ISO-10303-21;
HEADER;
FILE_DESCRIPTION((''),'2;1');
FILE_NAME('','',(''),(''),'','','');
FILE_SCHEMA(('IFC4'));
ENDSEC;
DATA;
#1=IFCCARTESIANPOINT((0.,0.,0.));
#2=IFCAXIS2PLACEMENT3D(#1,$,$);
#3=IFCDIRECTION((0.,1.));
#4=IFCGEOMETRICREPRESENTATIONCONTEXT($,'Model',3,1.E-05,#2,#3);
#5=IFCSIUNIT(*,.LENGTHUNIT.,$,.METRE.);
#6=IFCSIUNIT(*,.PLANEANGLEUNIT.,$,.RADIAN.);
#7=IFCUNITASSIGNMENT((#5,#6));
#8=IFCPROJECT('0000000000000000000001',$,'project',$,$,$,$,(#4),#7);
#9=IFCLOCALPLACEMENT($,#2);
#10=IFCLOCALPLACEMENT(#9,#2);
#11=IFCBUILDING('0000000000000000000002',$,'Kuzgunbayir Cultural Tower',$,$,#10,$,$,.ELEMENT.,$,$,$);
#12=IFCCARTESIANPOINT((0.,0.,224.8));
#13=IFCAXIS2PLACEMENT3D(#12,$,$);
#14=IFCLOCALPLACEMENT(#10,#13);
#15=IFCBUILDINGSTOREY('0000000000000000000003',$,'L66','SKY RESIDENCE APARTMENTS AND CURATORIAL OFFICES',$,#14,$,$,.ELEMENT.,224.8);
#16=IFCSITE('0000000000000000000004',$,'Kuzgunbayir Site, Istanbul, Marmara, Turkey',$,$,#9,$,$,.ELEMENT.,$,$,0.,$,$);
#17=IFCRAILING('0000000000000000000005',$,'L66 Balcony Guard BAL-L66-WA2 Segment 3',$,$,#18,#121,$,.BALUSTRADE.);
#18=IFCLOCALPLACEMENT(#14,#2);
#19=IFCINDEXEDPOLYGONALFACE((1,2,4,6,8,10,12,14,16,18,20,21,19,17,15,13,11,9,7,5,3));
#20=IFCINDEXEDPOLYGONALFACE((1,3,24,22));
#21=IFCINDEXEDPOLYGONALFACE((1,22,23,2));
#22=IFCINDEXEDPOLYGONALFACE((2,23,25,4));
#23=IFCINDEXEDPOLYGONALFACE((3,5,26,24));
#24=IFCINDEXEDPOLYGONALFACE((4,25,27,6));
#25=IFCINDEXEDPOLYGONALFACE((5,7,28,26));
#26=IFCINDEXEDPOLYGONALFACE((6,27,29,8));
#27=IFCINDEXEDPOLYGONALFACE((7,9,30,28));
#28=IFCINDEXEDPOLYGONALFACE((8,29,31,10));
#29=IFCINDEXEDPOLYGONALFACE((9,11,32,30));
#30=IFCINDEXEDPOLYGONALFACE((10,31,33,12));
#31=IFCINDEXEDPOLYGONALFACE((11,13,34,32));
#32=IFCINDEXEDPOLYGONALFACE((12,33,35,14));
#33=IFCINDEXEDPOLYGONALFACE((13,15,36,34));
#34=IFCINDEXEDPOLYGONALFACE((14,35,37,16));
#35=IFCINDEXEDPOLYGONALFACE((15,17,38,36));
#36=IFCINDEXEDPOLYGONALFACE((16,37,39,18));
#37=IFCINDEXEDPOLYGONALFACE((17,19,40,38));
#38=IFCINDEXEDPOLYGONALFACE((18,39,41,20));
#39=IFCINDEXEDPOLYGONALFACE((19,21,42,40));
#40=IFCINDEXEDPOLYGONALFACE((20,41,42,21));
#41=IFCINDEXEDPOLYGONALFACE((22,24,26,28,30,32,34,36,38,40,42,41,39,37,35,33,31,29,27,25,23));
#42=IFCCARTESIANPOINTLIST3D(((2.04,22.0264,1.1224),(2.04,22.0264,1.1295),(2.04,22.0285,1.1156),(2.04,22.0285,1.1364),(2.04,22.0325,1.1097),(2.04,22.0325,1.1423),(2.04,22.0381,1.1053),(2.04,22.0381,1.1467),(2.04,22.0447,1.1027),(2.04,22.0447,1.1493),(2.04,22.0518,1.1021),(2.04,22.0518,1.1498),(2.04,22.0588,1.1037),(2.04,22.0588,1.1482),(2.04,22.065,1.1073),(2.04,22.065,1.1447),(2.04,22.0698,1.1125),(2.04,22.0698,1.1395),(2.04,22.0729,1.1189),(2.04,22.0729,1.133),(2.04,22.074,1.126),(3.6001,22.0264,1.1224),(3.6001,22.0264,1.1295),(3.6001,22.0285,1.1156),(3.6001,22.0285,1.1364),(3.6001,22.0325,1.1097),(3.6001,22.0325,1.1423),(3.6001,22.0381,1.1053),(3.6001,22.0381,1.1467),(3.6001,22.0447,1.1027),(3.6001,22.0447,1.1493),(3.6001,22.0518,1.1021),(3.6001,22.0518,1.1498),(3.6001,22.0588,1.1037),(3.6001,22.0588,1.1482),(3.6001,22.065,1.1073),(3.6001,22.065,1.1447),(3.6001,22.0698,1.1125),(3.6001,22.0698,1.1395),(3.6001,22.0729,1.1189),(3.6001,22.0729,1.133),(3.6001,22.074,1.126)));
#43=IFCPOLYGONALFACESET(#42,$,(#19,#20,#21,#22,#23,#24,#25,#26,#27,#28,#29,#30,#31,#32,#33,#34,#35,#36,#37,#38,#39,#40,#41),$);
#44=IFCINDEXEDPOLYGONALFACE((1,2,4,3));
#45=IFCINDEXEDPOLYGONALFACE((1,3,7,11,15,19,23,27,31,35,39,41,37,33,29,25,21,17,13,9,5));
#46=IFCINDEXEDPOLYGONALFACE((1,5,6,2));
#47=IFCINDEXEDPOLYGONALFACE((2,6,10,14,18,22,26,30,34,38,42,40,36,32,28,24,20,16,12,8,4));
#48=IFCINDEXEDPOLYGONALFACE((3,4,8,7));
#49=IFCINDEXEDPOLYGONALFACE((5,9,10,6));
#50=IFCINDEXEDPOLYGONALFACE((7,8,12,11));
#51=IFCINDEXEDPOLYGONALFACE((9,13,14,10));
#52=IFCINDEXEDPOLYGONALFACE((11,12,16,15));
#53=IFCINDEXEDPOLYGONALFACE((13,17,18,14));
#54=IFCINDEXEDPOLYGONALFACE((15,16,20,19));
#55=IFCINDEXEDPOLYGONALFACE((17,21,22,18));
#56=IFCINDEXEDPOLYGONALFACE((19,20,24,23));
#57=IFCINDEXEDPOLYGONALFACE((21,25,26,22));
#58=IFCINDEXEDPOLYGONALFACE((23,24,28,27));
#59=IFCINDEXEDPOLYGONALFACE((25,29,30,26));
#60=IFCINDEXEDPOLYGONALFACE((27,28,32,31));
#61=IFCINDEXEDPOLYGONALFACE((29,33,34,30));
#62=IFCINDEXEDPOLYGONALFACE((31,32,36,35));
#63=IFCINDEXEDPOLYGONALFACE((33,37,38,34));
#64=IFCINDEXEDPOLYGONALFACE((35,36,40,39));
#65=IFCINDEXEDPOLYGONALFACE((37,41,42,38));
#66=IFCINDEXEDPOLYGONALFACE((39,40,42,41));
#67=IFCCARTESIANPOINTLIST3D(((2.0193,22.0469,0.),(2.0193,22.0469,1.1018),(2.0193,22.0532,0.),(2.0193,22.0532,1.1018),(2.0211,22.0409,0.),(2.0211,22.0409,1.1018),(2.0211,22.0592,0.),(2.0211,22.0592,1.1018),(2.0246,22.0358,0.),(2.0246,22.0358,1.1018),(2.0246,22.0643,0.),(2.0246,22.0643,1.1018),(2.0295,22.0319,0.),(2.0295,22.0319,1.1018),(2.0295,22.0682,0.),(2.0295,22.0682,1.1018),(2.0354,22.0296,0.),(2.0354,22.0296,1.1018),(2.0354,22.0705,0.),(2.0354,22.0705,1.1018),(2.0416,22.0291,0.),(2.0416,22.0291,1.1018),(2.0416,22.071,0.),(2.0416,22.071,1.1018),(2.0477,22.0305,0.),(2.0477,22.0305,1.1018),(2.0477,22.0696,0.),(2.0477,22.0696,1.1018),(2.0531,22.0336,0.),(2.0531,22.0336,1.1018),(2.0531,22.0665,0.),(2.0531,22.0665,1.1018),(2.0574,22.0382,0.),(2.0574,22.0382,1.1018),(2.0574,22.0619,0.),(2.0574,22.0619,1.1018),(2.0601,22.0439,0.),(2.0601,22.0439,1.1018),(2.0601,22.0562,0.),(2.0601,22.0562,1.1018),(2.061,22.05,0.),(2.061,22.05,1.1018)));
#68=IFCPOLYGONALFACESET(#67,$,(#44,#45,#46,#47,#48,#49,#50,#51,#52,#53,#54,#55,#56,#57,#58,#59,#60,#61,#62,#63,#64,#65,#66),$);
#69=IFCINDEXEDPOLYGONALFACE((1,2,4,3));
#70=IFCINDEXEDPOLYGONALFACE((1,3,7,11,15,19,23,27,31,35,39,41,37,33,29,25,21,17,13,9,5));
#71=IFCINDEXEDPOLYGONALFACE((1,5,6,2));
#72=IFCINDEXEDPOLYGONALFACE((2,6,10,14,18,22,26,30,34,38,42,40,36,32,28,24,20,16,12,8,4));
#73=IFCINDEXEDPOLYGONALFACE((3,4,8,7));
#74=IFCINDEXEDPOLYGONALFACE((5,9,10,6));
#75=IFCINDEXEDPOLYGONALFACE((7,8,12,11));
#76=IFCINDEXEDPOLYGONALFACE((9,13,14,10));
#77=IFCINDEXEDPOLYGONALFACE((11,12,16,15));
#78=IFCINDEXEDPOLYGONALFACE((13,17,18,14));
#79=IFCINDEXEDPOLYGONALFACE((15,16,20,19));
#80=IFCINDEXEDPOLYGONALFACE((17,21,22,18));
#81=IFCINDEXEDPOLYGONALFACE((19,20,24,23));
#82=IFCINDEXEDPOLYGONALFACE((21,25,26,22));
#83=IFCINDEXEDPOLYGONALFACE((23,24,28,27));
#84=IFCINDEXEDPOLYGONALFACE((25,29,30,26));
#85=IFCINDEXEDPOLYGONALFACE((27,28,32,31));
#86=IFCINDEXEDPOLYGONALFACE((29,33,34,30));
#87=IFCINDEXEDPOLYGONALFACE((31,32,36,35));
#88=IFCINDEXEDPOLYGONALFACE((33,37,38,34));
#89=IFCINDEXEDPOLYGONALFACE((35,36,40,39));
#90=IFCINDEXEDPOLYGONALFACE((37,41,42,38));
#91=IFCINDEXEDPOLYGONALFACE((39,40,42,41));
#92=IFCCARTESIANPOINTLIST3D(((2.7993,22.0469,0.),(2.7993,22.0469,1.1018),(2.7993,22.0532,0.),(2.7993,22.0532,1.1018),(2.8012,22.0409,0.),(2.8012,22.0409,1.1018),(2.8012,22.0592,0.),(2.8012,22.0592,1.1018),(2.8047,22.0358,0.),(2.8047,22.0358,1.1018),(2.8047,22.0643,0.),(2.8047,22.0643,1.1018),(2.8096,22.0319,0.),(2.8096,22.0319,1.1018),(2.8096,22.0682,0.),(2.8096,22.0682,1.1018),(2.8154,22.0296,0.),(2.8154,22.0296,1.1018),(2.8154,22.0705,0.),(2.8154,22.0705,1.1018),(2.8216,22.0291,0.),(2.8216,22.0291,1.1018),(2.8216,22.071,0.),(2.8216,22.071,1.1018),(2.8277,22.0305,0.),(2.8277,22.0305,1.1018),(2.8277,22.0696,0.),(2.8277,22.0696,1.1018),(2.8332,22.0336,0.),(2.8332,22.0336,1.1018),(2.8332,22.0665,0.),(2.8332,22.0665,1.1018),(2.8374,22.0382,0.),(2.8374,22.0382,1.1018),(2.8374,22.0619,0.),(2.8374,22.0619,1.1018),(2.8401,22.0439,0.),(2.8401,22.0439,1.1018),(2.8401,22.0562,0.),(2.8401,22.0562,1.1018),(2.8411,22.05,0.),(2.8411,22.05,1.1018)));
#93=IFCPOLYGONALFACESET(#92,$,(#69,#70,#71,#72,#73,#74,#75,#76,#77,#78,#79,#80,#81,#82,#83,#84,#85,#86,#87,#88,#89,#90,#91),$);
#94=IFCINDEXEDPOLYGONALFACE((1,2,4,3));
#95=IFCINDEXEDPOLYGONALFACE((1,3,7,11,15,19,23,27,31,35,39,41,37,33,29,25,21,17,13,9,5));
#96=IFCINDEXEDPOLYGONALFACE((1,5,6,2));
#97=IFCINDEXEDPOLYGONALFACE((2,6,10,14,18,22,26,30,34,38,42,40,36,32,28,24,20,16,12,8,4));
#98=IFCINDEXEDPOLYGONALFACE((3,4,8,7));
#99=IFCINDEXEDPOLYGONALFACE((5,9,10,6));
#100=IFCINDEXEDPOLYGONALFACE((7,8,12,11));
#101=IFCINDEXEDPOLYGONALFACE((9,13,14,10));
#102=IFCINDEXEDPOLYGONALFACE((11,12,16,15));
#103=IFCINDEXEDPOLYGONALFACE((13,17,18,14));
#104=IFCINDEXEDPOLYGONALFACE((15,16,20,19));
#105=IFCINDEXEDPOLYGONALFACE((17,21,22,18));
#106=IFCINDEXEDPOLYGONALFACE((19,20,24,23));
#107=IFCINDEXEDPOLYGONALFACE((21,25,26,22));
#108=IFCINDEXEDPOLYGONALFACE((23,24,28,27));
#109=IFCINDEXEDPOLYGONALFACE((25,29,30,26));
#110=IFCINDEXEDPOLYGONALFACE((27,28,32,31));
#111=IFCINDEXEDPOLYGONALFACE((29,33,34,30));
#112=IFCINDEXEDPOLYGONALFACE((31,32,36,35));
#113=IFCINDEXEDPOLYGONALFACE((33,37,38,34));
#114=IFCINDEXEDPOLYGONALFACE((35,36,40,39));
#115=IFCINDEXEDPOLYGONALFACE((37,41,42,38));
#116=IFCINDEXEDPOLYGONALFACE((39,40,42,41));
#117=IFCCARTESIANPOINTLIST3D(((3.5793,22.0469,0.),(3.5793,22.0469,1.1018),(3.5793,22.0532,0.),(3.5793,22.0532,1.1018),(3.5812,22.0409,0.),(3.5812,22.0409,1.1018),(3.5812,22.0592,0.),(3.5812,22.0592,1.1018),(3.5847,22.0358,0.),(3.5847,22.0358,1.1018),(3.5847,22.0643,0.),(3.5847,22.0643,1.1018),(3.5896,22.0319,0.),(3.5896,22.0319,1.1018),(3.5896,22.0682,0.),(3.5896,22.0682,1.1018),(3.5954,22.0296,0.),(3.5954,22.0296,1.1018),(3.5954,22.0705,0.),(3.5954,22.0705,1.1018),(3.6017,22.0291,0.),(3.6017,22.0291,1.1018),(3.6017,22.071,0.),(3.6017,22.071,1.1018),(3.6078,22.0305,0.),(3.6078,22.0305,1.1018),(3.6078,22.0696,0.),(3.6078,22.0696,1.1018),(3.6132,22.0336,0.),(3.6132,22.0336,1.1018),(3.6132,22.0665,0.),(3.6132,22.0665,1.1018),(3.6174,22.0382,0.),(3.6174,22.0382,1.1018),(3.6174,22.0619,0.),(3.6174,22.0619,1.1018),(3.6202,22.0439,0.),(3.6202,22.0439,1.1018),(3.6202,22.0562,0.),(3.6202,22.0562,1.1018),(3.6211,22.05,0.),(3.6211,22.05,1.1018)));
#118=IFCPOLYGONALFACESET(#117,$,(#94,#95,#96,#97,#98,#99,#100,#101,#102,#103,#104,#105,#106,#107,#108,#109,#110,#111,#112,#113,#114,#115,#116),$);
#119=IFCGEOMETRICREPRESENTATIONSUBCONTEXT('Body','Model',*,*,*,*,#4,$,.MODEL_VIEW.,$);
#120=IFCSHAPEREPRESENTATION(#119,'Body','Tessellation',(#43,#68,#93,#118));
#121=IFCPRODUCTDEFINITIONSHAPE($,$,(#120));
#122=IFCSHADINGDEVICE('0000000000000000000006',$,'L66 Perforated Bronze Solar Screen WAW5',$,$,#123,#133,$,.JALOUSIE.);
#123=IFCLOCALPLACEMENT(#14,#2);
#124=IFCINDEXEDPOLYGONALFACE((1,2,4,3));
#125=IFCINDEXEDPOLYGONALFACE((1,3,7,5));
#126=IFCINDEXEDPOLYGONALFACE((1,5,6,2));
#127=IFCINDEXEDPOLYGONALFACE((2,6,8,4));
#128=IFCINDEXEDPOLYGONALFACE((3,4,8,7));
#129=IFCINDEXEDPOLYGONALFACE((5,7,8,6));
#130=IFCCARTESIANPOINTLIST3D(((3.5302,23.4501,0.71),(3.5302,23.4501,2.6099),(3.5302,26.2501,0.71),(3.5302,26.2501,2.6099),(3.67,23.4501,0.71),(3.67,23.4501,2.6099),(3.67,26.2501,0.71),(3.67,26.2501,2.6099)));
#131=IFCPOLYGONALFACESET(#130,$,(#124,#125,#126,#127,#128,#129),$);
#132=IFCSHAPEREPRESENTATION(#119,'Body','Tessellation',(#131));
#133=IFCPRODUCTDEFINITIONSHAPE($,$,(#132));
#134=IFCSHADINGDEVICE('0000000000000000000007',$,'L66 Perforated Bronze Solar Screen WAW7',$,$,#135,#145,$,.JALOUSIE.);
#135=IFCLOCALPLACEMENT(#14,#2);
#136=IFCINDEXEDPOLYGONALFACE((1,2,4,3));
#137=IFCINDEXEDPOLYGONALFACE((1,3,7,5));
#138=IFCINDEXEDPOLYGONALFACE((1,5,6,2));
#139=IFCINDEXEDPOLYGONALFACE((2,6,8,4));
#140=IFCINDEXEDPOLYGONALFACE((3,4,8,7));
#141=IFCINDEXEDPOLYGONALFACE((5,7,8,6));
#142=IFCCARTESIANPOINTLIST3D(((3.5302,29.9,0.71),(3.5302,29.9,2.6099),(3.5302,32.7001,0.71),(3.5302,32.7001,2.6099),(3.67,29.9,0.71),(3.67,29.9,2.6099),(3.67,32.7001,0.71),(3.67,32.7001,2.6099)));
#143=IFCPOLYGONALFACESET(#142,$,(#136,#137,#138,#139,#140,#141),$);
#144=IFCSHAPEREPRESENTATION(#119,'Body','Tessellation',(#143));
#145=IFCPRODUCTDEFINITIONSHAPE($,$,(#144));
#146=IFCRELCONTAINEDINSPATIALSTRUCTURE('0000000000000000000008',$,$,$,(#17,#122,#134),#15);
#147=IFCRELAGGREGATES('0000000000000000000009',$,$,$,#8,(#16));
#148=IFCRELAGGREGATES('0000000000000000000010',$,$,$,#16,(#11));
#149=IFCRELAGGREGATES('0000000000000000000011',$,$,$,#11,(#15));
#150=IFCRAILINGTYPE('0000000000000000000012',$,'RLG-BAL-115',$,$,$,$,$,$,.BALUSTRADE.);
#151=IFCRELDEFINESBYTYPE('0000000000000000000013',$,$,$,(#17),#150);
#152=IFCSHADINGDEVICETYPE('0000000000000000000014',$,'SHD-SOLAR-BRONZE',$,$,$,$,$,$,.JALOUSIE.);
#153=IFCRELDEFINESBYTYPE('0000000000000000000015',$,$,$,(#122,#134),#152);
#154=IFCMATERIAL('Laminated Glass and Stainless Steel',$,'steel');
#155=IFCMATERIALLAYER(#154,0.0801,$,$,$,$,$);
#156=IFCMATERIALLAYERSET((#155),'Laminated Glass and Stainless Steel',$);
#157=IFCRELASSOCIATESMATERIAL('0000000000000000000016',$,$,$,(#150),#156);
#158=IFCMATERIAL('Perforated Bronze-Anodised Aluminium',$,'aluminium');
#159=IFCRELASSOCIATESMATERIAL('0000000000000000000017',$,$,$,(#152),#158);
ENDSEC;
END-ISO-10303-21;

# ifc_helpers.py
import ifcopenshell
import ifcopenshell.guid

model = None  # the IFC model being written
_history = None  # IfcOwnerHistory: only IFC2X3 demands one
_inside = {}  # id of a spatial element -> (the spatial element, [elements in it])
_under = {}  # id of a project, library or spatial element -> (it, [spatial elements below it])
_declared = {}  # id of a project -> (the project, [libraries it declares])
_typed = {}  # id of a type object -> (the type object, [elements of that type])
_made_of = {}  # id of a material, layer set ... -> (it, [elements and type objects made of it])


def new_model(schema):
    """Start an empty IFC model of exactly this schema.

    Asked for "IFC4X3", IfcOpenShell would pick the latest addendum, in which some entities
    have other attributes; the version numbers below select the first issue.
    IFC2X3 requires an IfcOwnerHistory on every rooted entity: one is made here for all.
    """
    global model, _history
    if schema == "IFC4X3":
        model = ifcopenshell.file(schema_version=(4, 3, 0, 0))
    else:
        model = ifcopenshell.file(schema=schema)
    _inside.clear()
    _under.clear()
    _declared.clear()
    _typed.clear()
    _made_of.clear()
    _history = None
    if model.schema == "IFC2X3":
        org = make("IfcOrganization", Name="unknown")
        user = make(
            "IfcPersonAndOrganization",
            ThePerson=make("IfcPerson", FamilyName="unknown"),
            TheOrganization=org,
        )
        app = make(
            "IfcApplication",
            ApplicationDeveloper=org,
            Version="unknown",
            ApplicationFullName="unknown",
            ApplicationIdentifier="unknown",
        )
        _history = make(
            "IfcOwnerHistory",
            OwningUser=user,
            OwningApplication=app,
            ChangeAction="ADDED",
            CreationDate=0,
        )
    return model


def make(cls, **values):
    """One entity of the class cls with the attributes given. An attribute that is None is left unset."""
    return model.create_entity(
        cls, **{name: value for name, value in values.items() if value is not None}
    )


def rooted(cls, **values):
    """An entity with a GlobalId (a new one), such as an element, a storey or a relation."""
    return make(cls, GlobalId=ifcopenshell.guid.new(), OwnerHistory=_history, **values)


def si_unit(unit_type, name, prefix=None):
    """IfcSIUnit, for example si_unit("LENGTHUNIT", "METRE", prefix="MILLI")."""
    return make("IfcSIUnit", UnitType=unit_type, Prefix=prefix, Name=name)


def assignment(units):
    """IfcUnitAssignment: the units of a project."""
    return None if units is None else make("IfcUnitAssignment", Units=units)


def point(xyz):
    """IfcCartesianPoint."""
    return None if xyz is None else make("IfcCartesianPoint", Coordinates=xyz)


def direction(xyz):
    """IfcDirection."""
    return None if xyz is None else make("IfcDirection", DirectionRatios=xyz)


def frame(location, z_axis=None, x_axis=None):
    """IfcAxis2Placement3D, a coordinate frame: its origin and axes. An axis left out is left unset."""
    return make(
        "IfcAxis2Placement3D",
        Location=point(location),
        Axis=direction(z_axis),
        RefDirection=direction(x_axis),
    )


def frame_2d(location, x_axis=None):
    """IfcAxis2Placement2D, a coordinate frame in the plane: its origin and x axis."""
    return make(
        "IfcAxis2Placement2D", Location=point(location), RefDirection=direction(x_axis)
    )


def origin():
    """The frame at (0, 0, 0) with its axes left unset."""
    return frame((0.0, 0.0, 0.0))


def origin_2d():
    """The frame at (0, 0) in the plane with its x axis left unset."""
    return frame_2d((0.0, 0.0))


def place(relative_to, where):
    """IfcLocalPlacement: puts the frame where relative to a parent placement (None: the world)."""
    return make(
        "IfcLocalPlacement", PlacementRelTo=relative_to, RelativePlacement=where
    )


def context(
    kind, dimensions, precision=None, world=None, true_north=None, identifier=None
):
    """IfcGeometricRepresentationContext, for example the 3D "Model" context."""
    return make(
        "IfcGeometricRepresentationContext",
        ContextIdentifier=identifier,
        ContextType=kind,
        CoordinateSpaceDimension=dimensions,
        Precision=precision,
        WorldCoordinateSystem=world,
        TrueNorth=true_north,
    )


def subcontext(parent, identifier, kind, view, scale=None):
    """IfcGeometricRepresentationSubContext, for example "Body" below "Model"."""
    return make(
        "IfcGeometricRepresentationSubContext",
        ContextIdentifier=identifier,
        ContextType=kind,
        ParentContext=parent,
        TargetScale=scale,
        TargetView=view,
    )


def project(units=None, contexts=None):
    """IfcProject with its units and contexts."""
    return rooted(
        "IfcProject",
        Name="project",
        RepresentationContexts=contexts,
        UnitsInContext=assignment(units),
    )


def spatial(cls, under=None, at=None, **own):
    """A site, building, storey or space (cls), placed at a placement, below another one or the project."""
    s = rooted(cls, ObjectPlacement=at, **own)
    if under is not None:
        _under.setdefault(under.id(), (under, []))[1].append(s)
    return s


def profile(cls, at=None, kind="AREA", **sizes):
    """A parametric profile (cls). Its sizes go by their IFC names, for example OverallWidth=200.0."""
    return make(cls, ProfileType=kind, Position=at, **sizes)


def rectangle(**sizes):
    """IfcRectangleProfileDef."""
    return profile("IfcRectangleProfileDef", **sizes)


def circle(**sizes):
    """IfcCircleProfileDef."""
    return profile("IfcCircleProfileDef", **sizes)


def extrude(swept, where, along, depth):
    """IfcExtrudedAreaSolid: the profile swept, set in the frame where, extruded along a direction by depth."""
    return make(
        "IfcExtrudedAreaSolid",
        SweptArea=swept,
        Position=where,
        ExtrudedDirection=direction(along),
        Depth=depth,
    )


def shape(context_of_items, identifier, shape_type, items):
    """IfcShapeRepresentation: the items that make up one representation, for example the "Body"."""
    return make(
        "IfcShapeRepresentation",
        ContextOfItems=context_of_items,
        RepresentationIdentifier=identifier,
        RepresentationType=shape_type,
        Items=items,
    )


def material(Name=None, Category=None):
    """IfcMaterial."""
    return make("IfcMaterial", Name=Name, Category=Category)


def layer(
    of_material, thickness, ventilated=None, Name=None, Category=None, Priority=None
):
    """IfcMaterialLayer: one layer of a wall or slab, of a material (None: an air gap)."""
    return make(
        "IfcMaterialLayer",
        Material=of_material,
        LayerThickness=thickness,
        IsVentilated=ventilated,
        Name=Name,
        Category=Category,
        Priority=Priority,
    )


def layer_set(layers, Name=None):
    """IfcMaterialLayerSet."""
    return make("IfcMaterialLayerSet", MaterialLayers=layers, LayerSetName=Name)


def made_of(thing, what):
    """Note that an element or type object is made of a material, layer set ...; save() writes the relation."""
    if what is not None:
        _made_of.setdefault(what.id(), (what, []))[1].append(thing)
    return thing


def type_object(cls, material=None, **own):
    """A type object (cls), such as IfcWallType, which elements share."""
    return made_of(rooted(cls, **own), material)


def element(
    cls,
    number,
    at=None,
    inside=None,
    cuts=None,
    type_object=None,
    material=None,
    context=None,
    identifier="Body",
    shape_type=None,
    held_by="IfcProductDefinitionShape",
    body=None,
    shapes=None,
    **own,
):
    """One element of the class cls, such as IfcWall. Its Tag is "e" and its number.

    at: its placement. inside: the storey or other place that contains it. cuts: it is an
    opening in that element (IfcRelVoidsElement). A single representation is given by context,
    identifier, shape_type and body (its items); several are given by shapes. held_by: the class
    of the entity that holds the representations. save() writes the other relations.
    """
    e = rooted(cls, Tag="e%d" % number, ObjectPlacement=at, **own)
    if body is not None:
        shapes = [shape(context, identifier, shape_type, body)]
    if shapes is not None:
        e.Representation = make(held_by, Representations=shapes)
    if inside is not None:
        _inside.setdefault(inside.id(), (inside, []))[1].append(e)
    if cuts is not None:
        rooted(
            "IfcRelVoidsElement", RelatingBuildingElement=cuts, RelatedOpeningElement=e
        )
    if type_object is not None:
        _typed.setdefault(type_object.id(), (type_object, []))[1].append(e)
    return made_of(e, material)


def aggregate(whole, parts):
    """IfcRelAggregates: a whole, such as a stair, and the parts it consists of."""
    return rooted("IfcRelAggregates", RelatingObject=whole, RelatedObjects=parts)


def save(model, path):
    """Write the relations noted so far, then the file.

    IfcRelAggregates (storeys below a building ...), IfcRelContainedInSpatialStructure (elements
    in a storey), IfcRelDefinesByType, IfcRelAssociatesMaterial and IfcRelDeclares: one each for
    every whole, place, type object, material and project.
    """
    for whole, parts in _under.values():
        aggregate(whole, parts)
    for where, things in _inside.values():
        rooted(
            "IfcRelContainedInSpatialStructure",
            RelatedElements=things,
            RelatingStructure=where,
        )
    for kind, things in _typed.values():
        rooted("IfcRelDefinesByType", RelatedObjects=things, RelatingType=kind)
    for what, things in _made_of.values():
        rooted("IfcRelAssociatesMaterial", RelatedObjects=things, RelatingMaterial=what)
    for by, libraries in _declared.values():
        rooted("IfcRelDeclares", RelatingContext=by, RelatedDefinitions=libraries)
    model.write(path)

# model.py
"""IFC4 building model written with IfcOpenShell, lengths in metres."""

from ifc_helpers import new_model, si_unit, direction, frame, origin, origin_2d, place, context, subcontext, project, spatial, rectangle, circle, extrude, material, layer, layer_set, type_object, element, save


model = new_model("IFC4")

# Units and contexts
model_context = context("Model", 3, precision=1e-05, world=origin(), true_north=direction((0.0, 1.0)))
body_context = subcontext(model_context, "Body", "Model", "MODEL_VIEW")
ifc_project = project(units=[si_unit("LENGTHUNIT", "METRE"), si_unit("PLANEANGLEUNIT", "RADIAN")], contexts=[model_context])

# Site, building, storey
site_placement = place(None, origin())
site = spatial("IfcSite", under=ifc_project, at=site_placement, Name="Kuzgunbayir Site, Istanbul, Marmara, Turkey", CompositionType="ELEMENT", RefElevation=0.0)
building_placement = place(site_placement, origin())
building = spatial("IfcBuilding", under=site, at=building_placement, Name="Kuzgunbayir Cultural Tower", CompositionType="ELEMENT")
storey_placement = place(building_placement, frame((0.0, 0.0, 224.8)))
storey = spatial("IfcBuildingStorey", under=building, at=storey_placement, Name="L66", Description="SKY RESIDENCE APARTMENTS AND CURATORIAL OFFICES", CompositionType="ELEMENT", Elevation=224.8)

# Railing
ifc_material_1 = material(Name="Laminated Glass and Stainless Steel", Category="steel")
ifc_layer_1 = layer(ifc_material_1, 0.0801)
ifc_layer_set_1 = layer_set([ifc_layer_1], Name="Laminated Glass and Stainless Steel")
railing_type = type_object("IfcRailingType", Name="RLG-BAL-115", PredefinedType="BALUSTRADE", material=ifc_layer_set_1)
railing_1_placement = place(storey_placement, frame((2.04, 22.05, 0.0)))
element("IfcRailing", 1, at=railing_1_placement, inside=storey, type_object=railing_type, Name="L66 Balcony Guard BAL-L66-WA2 Segment 3", PredefinedType="BALUSTRADE", context=body_context, shape_type="SweptSolid", body=[
    extrude(circle(Radius=0.0239, at=origin_2d()), frame((0.0, 0.0, 1.126), z_axis=(1.0, 0.0, 0.0), x_axis=(0.0, 1.0, 0.0)), (0.0, 0.0, 1.0), 1.5601),
    extrude(circle(Radius=0.021, at=origin_2d()), origin(), (0.0, 0.0, 1.0), 1.1018),
    extrude(circle(Radius=0.021, at=origin_2d()), frame((0.78, 0.0, 0.0)), (0.0, 0.0, 1.0), 1.1018),
    extrude(circle(Radius=0.021, at=origin_2d()), frame((1.5601, 0.0, 0.0)), (0.0, 0.0, 1.0), 1.1018),
])

# Shading devices
ifc_material_2 = material(Name="Perforated Bronze-Anodised Aluminium", Category="aluminium")
shading_device_type = type_object("IfcShadingDeviceType", Name="SHD-SOLAR-BRONZE", PredefinedType="JALOUSIE", material=ifc_material_2)
for number, where, z_axis, x_axis, name in (
    (2, (3.6001, 24.8501, 0.71), (0.0, 0.0, 1.0), (1.0, 0.0, 0.0), "L66 Perforated Bronze Solar Screen WAW5"),
    (3, (3.6001, 31.3, 0.71), (0.0, 0.0, 1.0), (1.0, 0.0, 0.0), "L66 Perforated Bronze Solar Screen WAW7"),
):
    element("IfcShadingDevice", number, at=place(storey_placement, frame(where, z_axis=z_axis, x_axis=x_axis)), inside=storey, type_object=shading_device_type, Name=name, PredefinedType="JALOUSIE", context=body_context, shape_type="SweptSolid", body=[
        extrude(rectangle(XDim=0.1399, YDim=2.8, at=origin_2d()), origin(), (0.0, 0.0, 1.0), 1.8999),
    ])

save(model, "model.ifc")
